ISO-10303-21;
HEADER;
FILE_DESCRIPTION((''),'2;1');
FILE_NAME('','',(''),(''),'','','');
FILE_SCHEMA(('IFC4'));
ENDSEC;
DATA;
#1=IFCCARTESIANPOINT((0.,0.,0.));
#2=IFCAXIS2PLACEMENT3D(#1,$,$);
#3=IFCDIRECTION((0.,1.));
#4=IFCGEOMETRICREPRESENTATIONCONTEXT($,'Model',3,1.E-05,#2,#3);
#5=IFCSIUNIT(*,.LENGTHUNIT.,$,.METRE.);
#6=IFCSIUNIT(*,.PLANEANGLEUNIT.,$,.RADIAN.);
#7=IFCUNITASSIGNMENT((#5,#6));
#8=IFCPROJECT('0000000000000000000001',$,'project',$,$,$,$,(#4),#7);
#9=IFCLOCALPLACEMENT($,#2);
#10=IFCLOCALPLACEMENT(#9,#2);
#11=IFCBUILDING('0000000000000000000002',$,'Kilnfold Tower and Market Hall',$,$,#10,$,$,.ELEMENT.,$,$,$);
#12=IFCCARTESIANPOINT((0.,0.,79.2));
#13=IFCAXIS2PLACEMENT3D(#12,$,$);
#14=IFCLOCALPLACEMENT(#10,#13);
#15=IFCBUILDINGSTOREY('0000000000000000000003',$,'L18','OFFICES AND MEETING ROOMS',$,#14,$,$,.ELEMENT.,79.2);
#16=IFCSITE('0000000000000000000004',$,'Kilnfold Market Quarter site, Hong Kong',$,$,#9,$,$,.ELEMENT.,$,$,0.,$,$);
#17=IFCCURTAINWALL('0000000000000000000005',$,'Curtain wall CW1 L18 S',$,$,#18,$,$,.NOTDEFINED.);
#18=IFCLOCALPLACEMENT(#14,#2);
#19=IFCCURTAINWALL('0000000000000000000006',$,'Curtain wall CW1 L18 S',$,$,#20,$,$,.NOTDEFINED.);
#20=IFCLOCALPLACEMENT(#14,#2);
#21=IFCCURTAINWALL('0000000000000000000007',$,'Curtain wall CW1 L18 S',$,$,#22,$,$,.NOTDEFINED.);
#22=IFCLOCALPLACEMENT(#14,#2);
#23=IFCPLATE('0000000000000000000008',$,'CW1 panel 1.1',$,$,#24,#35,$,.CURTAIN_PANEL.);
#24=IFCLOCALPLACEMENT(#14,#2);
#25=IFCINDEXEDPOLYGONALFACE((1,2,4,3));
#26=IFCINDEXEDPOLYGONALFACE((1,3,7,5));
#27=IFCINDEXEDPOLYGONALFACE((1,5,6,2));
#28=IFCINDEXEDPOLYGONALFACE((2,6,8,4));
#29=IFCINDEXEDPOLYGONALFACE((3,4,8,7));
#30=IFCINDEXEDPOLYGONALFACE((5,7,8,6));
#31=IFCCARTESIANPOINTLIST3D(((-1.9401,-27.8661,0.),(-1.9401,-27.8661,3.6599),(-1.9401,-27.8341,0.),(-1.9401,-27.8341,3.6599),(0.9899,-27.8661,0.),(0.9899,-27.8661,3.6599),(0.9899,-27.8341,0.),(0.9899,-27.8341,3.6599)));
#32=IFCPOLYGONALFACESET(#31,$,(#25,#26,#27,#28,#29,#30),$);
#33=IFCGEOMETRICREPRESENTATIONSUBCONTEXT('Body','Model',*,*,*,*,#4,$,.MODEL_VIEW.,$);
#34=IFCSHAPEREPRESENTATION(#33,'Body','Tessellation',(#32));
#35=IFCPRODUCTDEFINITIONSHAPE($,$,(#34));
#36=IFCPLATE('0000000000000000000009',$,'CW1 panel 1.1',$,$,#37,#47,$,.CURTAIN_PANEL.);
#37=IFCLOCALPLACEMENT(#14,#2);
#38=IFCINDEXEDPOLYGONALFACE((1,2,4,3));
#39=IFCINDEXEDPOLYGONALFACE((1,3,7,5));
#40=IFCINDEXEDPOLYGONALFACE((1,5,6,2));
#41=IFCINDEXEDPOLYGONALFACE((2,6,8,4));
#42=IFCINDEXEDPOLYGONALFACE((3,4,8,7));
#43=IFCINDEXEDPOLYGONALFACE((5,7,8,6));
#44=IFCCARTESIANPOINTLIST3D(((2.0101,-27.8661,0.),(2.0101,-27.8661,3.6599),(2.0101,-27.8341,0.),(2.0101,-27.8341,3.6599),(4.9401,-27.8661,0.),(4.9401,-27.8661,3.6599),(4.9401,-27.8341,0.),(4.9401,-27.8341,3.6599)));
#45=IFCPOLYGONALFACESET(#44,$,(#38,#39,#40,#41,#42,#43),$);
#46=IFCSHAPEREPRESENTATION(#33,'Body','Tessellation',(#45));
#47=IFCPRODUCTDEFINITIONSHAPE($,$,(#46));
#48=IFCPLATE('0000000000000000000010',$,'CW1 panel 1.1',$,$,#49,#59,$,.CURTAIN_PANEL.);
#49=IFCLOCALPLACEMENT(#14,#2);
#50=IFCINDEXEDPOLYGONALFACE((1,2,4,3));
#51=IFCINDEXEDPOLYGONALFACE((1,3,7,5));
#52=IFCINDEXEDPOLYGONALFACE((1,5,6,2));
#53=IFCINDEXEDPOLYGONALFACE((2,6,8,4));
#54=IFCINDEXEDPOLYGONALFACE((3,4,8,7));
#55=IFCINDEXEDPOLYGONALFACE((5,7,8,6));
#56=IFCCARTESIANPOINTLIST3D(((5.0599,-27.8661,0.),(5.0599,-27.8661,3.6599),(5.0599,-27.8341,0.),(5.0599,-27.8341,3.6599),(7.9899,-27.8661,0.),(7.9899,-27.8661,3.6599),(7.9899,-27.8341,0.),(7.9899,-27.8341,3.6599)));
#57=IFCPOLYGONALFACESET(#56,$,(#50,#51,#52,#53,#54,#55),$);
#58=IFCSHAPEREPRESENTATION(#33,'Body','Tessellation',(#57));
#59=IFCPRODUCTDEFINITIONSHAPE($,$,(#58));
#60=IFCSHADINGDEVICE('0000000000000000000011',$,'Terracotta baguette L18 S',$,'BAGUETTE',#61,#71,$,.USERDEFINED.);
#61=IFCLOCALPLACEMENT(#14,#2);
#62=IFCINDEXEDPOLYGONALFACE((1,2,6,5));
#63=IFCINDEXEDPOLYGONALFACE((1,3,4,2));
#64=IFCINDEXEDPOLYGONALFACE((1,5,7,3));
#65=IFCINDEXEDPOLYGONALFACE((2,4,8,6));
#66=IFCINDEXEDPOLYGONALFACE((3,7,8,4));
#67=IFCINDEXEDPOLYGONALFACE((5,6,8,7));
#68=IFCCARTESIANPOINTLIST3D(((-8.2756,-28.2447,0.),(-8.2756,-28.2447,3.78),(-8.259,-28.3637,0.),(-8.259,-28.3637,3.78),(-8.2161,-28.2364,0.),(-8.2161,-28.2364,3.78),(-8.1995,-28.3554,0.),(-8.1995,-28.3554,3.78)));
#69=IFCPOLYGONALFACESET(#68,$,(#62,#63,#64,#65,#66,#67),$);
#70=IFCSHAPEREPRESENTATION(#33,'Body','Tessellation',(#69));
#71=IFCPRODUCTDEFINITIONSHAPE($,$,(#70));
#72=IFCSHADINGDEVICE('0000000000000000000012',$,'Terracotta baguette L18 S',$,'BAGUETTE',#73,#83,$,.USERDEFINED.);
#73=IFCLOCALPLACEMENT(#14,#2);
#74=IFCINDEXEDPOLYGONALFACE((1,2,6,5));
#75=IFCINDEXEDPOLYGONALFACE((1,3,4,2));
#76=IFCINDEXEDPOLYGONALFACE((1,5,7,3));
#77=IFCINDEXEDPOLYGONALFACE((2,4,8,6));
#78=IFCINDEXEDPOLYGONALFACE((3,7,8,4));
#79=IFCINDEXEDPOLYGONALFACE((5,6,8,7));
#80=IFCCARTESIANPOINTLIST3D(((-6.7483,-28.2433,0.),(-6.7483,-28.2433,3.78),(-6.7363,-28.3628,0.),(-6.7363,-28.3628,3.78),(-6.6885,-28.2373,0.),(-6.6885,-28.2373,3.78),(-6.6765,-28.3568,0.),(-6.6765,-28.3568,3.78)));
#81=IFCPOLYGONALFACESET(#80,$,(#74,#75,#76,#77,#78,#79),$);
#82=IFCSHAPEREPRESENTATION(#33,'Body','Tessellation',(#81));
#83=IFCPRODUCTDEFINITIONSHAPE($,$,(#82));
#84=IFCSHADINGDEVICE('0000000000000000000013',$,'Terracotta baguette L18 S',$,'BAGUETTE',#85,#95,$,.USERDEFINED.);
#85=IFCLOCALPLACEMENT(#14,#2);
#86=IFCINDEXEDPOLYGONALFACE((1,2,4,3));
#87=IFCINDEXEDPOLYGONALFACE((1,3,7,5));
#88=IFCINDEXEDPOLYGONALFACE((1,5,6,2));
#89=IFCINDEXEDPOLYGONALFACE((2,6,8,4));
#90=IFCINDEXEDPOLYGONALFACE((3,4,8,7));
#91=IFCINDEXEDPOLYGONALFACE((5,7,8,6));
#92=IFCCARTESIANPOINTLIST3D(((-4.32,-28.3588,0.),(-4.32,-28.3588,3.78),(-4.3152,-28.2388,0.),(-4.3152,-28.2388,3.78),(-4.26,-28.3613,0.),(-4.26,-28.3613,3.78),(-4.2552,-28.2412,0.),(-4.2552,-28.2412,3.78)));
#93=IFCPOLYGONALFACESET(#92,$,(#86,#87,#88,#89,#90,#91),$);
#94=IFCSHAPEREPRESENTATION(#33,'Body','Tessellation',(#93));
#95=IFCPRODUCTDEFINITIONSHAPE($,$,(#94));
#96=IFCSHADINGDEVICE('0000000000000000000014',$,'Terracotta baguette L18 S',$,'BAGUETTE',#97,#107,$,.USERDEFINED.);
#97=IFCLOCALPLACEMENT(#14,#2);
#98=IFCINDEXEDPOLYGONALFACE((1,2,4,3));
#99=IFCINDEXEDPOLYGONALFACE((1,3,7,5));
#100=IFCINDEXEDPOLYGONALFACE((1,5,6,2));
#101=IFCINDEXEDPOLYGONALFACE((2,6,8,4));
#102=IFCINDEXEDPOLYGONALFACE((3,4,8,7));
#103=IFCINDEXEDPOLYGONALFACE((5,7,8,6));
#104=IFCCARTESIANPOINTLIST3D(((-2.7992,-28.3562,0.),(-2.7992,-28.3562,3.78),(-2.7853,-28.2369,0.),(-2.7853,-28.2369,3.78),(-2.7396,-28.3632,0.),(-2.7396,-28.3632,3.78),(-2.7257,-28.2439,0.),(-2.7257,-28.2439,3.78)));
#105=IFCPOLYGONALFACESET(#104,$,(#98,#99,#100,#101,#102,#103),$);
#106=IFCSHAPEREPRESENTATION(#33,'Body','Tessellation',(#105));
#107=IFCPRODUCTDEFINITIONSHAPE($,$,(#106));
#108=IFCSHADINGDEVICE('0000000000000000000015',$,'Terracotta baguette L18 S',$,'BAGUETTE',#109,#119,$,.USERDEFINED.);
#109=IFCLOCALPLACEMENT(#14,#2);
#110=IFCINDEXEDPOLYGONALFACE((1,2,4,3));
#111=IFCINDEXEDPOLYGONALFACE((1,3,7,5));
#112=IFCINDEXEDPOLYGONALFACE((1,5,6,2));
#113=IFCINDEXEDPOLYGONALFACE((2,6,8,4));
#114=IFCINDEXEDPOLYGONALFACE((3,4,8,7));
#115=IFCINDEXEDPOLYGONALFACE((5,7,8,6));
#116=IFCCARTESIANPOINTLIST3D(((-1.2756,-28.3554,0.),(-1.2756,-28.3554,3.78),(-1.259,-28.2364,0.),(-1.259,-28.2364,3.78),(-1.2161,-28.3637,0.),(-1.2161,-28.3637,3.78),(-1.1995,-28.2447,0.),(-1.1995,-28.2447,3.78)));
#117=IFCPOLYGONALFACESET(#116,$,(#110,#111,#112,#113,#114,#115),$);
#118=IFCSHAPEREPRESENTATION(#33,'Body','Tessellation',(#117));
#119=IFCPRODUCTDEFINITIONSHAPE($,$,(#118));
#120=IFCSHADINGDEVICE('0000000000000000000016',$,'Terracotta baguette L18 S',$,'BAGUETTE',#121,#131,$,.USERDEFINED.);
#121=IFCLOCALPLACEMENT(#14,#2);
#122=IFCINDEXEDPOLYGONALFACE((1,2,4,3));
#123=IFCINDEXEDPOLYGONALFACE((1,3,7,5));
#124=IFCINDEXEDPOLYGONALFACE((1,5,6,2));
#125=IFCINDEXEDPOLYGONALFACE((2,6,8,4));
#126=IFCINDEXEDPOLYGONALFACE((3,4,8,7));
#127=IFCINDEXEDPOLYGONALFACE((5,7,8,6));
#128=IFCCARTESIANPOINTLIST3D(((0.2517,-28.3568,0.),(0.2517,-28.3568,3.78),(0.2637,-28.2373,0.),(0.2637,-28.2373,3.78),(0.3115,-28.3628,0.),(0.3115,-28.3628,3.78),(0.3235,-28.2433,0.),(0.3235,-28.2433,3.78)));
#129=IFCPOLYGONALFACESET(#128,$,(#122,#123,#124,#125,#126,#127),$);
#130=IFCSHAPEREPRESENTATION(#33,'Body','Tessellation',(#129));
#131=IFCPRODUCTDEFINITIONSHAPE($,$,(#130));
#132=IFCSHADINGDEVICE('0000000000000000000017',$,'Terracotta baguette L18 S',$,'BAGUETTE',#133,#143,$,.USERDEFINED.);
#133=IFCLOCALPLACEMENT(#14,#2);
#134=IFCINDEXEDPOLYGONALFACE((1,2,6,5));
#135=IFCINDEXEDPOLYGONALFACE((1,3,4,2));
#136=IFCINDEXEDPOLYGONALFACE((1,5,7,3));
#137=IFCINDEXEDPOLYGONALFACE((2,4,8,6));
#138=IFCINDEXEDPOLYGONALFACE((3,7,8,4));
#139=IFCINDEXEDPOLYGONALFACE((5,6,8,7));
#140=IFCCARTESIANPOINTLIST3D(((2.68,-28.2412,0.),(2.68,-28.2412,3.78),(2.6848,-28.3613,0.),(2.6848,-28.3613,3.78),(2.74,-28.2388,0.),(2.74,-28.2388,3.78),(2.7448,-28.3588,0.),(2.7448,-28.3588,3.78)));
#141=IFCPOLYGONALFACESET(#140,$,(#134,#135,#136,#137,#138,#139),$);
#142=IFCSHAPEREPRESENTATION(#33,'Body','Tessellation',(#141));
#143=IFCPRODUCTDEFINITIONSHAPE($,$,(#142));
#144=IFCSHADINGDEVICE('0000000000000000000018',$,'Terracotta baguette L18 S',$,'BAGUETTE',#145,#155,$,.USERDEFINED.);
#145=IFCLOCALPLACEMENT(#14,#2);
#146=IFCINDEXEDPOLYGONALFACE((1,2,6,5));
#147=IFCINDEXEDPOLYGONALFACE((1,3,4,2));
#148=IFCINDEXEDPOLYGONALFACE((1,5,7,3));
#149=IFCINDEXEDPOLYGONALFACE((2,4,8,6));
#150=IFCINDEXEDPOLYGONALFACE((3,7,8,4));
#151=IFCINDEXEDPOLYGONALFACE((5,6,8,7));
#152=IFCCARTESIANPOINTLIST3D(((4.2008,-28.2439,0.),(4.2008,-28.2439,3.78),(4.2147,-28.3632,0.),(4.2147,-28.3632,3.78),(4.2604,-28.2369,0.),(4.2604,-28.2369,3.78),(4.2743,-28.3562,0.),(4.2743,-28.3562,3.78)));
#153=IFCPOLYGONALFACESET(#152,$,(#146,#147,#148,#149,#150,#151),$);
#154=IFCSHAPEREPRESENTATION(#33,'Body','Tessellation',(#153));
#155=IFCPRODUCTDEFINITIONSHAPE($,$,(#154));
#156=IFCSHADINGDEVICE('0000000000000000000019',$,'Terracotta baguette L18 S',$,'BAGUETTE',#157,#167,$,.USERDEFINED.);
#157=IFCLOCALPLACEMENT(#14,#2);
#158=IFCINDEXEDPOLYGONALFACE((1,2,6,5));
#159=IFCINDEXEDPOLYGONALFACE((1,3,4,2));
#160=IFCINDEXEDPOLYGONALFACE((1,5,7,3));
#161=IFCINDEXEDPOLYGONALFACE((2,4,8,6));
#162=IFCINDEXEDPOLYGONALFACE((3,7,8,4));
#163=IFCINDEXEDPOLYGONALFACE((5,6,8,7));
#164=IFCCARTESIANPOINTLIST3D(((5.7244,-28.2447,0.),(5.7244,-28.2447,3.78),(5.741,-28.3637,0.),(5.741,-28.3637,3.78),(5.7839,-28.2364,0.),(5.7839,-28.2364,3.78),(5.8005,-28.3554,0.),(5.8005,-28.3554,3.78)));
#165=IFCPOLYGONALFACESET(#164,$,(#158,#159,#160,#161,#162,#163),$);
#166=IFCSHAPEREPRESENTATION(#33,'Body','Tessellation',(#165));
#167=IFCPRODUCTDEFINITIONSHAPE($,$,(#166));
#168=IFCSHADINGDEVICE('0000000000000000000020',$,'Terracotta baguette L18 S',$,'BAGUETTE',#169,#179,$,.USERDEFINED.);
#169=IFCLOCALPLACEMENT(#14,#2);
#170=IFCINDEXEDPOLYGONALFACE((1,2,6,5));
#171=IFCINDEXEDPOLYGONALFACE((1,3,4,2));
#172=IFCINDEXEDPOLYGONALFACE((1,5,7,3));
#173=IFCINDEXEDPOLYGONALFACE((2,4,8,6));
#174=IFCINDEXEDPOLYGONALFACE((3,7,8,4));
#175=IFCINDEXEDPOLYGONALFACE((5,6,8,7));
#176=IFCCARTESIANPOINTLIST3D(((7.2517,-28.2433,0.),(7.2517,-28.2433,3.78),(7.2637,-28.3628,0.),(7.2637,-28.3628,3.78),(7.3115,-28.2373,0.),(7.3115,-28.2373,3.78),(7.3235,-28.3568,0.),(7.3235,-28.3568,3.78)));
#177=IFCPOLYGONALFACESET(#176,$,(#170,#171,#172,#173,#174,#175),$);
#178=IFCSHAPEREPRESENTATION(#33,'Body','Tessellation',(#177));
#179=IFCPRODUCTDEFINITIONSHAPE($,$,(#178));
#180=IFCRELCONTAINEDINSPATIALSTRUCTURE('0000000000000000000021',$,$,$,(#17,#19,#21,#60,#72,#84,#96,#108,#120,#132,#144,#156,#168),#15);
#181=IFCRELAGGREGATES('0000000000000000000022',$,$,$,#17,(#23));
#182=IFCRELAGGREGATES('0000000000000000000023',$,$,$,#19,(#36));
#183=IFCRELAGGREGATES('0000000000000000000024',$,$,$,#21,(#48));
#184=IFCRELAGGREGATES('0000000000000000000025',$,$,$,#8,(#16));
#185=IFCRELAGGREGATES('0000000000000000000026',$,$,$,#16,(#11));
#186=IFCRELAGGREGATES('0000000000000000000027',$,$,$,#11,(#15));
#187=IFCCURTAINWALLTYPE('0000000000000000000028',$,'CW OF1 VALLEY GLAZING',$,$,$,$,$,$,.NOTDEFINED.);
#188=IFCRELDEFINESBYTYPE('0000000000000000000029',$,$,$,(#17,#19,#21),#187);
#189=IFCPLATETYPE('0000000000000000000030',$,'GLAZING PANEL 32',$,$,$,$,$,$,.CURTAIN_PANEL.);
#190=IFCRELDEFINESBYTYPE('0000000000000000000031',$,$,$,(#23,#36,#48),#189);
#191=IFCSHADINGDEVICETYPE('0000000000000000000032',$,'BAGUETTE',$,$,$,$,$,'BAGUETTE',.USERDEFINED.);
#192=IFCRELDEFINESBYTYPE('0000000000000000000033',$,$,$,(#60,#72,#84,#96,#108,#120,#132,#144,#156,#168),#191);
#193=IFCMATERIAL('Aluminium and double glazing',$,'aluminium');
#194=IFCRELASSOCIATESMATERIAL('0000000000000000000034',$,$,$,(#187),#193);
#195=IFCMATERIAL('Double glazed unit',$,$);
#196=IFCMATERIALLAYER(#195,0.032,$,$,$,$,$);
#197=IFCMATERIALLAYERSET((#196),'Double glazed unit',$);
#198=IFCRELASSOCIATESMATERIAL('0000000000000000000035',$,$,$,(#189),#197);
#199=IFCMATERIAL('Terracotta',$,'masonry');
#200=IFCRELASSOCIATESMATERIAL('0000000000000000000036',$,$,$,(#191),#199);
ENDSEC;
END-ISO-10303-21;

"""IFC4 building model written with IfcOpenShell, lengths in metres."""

from ifc_helpers import new_model, si_unit, direction, frame, origin, origin_2d, place, context, subcontext, project, spatial, rectangle, extrude, source, transform, mapped, material, layer, layer_set, material_profile, profile_set, type_object, element, aggregate, save


model = new_model("IFC4")

# Units and contexts
model_context = context("Model", 3, precision=1e-05, world=origin(), true_north=direction((0.0, 1.0)))
body_context = subcontext(model_context, "Body", "Model", "MODEL_VIEW")
ifc_project = project(units=[si_unit("LENGTHUNIT", "METRE"), si_unit("PLANEANGLEUNIT", "RADIAN")], contexts=[model_context])

# Site, building, storey
site_placement = place(None, origin())
site = spatial("IfcSite", under=ifc_project, at=site_placement, Name="Kilnfold Market Quarter site, Hong Kong", CompositionType="ELEMENT", RefElevation=0.0)
building_placement = place(site_placement, origin())
building = spatial("IfcBuilding", under=site, at=building_placement, Name="Kilnfold Tower and Market Hall", CompositionType="ELEMENT")
storey_placement = place(building_placement, frame((0.0, 0.0, 79.2)))
storey = spatial("IfcBuildingStorey", under=building, at=storey_placement, Name="L18", Description="OFFICES AND MEETING ROOMS", CompositionType="ELEMENT", Elevation=79.2)

# Shared definitions
ifc_material_1 = material(Name="Aluminium and double glazing", Category="aluminium")
curtain_wall_type = type_object("IfcCurtainWallType", Name="CW OF1 VALLEY GLAZING", PredefinedType="NOTDEFINED", material=ifc_material_1)

# Curtain walls
curtain_wall_1_placement = place(storey_placement, origin())
curtain_wall_1 = element("IfcCurtainWall", 1, at=curtain_wall_1_placement, inside=storey, type_object=curtain_wall_type, Name="Curtain wall CW1 L18 S", PredefinedType="NOTDEFINED")
curtain_wall_2_placement = place(storey_placement, origin())
curtain_wall_2 = element("IfcCurtainWall", 2, at=curtain_wall_2_placement, inside=storey, type_object=curtain_wall_type, Name="Curtain wall CW1 L18 S", PredefinedType="NOTDEFINED")
curtain_wall_3_placement = place(storey_placement, origin())
curtain_wall_3 = element("IfcCurtainWall", 3, at=curtain_wall_3_placement, inside=storey, type_object=curtain_wall_type, Name="Curtain wall CW1 L18 S", PredefinedType="NOTDEFINED")

# Plates
ifc_material_2 = material(Name="Double glazed unit")
ifc_layer = layer(ifc_material_2, 0.032)
ifc_layer_set = layer_set([ifc_layer], Name="Double glazed unit")
plate_type = type_object("IfcPlateType", Name="GLAZING PANEL 32", PredefinedType="CURTAIN_PANEL", material=ifc_layer_set)
shared_shape_1 = source(origin(), body_context, "Body", "SweptSolid", [
    extrude(rectangle(XDim=2.9299, YDim=0.032, at=origin_2d()), origin(), (0.0, 0.0, 1.0), 3.6599),
])
plate_1_placement = place(storey_placement, frame((-0.4751, -27.8501, 0.0), z_axis=(0.0, 0.0, 1.0), x_axis=(1.0, 0.0, 0.0)))
plate_1 = element("IfcPlate", 4, at=plate_1_placement, type_object=plate_type, Name="CW1 panel 1.1", PredefinedType="CURTAIN_PANEL", context=body_context, shape_type="MappedRepresentation", body=[
    mapped(shared_shape_1, transform((0.0, 0.0, 0.0))),
])
aggregate(curtain_wall_1, [plate_1])
plate_2_placement = place(storey_placement, frame((3.4751, -27.8501, 0.0), z_axis=(0.0, 0.0, 1.0), x_axis=(1.0, 0.0, 0.0)))
plate_2 = element("IfcPlate", 5, at=plate_2_placement, type_object=plate_type, Name="CW1 panel 1.1", PredefinedType="CURTAIN_PANEL", context=body_context, shape_type="MappedRepresentation", body=[
    mapped(shared_shape_1, transform((0.0, 0.0, 0.0))),
])
aggregate(curtain_wall_2, [plate_2])
plate_3_placement = place(storey_placement, frame((6.5249, -27.8501, 0.0), z_axis=(0.0, 0.0, 1.0), x_axis=(1.0, 0.0, 0.0)))
plate_3 = element("IfcPlate", 6, at=plate_3_placement, type_object=plate_type, Name="CW1 panel 1.1", PredefinedType="CURTAIN_PANEL", context=body_context, shape_type="MappedRepresentation", body=[
    mapped(shared_shape_1, transform((0.0, 0.0, 0.0))),
])
aggregate(curtain_wall_3, [plate_3])

# Shading devices
ifc_material_3 = material(Name="Terracotta", Category="masonry")
ifc_material_profile_1 = material_profile(ifc_material_3, rectangle(XDim=0.0601, YDim=0.1201, at=origin_2d()), Name="BAG 60x120")
ifc_profile_set_1 = profile_set([ifc_material_profile_1], Name="Terracotta")
shading_device_type = type_object("IfcShadingDeviceType", Name="BAGUETTE", ElementType="BAGUETTE", PredefinedType="USERDEFINED", material=ifc_profile_set_1)
shared_shape_2 = source(origin(), body_context, "Body", "SweptSolid", [
    extrude(rectangle(XDim=0.0601, YDim=0.1201, at=origin_2d()), origin(), (0.0, 0.0, 1.0), 3.78),
])
for number, where, z_axis, x_axis, name in (
    (7, (-8.2375, -28.3, 0.0), (0.0, 0.0, 1.0), (0.990348, 0.138603, 0.0), "Terracotta baguette L18 S"),
    (8, (-6.7124, -28.3, 0.0), (0.0, 0.0, 1.0), (0.995032, 0.099558, 0.0), "Terracotta baguette L18 S"),
    (9, (-4.2876, -28.3, 0.0), (0.0, 0.0, 1.0), (0.999188, -0.040296, 0.0), "Terracotta baguette L18 S"),
    (10, (-2.7625, -28.3, 0.0), (0.0, 0.0, 1.0), (0.993309, -0.115487, 0.0), "Terracotta baguette L18 S"),
    (11, (-1.2375, -28.3, 0.0), (0.0, 0.0, 1.0), (0.990348, -0.138603, 0.0), "Terracotta baguette L18 S"),
    (12, (0.2876, -28.3, 0.0), (0.0, 0.0, 1.0), (0.995032, -0.099558, 0.0), "Terracotta baguette L18 S"),
    (13, (2.7124, -28.3, 0.0), (0.0, 0.0, 1.0), (0.999188, 0.040296, 0.0), "Terracotta baguette L18 S"),
    (14, (4.2375, -28.3, 0.0), (0.0, 0.0, 1.0), (0.993309, 0.115487, 0.0), "Terracotta baguette L18 S"),
    (15, (5.7625, -28.3, 0.0), (0.0, 0.0, 1.0), (0.990348, 0.138603, 0.0), "Terracotta baguette L18 S"),
    (16, (7.2876, -28.3, 0.0), (0.0, 0.0, 1.0), (0.995032, 0.099558, 0.0), "Terracotta baguette L18 S"),
):
    element("IfcShadingDevice", number, at=place(storey_placement, frame(where, z_axis=z_axis, x_axis=x_axis)), inside=storey, type_object=shading_device_type, Name=name, ObjectType="BAGUETTE", PredefinedType="USERDEFINED", context=body_context, shape_type="MappedRepresentation", body=[
        mapped(shared_shape_2, transform((0.0, 0.0, 0.0))),
    ])

save(model, "model.ifc")
